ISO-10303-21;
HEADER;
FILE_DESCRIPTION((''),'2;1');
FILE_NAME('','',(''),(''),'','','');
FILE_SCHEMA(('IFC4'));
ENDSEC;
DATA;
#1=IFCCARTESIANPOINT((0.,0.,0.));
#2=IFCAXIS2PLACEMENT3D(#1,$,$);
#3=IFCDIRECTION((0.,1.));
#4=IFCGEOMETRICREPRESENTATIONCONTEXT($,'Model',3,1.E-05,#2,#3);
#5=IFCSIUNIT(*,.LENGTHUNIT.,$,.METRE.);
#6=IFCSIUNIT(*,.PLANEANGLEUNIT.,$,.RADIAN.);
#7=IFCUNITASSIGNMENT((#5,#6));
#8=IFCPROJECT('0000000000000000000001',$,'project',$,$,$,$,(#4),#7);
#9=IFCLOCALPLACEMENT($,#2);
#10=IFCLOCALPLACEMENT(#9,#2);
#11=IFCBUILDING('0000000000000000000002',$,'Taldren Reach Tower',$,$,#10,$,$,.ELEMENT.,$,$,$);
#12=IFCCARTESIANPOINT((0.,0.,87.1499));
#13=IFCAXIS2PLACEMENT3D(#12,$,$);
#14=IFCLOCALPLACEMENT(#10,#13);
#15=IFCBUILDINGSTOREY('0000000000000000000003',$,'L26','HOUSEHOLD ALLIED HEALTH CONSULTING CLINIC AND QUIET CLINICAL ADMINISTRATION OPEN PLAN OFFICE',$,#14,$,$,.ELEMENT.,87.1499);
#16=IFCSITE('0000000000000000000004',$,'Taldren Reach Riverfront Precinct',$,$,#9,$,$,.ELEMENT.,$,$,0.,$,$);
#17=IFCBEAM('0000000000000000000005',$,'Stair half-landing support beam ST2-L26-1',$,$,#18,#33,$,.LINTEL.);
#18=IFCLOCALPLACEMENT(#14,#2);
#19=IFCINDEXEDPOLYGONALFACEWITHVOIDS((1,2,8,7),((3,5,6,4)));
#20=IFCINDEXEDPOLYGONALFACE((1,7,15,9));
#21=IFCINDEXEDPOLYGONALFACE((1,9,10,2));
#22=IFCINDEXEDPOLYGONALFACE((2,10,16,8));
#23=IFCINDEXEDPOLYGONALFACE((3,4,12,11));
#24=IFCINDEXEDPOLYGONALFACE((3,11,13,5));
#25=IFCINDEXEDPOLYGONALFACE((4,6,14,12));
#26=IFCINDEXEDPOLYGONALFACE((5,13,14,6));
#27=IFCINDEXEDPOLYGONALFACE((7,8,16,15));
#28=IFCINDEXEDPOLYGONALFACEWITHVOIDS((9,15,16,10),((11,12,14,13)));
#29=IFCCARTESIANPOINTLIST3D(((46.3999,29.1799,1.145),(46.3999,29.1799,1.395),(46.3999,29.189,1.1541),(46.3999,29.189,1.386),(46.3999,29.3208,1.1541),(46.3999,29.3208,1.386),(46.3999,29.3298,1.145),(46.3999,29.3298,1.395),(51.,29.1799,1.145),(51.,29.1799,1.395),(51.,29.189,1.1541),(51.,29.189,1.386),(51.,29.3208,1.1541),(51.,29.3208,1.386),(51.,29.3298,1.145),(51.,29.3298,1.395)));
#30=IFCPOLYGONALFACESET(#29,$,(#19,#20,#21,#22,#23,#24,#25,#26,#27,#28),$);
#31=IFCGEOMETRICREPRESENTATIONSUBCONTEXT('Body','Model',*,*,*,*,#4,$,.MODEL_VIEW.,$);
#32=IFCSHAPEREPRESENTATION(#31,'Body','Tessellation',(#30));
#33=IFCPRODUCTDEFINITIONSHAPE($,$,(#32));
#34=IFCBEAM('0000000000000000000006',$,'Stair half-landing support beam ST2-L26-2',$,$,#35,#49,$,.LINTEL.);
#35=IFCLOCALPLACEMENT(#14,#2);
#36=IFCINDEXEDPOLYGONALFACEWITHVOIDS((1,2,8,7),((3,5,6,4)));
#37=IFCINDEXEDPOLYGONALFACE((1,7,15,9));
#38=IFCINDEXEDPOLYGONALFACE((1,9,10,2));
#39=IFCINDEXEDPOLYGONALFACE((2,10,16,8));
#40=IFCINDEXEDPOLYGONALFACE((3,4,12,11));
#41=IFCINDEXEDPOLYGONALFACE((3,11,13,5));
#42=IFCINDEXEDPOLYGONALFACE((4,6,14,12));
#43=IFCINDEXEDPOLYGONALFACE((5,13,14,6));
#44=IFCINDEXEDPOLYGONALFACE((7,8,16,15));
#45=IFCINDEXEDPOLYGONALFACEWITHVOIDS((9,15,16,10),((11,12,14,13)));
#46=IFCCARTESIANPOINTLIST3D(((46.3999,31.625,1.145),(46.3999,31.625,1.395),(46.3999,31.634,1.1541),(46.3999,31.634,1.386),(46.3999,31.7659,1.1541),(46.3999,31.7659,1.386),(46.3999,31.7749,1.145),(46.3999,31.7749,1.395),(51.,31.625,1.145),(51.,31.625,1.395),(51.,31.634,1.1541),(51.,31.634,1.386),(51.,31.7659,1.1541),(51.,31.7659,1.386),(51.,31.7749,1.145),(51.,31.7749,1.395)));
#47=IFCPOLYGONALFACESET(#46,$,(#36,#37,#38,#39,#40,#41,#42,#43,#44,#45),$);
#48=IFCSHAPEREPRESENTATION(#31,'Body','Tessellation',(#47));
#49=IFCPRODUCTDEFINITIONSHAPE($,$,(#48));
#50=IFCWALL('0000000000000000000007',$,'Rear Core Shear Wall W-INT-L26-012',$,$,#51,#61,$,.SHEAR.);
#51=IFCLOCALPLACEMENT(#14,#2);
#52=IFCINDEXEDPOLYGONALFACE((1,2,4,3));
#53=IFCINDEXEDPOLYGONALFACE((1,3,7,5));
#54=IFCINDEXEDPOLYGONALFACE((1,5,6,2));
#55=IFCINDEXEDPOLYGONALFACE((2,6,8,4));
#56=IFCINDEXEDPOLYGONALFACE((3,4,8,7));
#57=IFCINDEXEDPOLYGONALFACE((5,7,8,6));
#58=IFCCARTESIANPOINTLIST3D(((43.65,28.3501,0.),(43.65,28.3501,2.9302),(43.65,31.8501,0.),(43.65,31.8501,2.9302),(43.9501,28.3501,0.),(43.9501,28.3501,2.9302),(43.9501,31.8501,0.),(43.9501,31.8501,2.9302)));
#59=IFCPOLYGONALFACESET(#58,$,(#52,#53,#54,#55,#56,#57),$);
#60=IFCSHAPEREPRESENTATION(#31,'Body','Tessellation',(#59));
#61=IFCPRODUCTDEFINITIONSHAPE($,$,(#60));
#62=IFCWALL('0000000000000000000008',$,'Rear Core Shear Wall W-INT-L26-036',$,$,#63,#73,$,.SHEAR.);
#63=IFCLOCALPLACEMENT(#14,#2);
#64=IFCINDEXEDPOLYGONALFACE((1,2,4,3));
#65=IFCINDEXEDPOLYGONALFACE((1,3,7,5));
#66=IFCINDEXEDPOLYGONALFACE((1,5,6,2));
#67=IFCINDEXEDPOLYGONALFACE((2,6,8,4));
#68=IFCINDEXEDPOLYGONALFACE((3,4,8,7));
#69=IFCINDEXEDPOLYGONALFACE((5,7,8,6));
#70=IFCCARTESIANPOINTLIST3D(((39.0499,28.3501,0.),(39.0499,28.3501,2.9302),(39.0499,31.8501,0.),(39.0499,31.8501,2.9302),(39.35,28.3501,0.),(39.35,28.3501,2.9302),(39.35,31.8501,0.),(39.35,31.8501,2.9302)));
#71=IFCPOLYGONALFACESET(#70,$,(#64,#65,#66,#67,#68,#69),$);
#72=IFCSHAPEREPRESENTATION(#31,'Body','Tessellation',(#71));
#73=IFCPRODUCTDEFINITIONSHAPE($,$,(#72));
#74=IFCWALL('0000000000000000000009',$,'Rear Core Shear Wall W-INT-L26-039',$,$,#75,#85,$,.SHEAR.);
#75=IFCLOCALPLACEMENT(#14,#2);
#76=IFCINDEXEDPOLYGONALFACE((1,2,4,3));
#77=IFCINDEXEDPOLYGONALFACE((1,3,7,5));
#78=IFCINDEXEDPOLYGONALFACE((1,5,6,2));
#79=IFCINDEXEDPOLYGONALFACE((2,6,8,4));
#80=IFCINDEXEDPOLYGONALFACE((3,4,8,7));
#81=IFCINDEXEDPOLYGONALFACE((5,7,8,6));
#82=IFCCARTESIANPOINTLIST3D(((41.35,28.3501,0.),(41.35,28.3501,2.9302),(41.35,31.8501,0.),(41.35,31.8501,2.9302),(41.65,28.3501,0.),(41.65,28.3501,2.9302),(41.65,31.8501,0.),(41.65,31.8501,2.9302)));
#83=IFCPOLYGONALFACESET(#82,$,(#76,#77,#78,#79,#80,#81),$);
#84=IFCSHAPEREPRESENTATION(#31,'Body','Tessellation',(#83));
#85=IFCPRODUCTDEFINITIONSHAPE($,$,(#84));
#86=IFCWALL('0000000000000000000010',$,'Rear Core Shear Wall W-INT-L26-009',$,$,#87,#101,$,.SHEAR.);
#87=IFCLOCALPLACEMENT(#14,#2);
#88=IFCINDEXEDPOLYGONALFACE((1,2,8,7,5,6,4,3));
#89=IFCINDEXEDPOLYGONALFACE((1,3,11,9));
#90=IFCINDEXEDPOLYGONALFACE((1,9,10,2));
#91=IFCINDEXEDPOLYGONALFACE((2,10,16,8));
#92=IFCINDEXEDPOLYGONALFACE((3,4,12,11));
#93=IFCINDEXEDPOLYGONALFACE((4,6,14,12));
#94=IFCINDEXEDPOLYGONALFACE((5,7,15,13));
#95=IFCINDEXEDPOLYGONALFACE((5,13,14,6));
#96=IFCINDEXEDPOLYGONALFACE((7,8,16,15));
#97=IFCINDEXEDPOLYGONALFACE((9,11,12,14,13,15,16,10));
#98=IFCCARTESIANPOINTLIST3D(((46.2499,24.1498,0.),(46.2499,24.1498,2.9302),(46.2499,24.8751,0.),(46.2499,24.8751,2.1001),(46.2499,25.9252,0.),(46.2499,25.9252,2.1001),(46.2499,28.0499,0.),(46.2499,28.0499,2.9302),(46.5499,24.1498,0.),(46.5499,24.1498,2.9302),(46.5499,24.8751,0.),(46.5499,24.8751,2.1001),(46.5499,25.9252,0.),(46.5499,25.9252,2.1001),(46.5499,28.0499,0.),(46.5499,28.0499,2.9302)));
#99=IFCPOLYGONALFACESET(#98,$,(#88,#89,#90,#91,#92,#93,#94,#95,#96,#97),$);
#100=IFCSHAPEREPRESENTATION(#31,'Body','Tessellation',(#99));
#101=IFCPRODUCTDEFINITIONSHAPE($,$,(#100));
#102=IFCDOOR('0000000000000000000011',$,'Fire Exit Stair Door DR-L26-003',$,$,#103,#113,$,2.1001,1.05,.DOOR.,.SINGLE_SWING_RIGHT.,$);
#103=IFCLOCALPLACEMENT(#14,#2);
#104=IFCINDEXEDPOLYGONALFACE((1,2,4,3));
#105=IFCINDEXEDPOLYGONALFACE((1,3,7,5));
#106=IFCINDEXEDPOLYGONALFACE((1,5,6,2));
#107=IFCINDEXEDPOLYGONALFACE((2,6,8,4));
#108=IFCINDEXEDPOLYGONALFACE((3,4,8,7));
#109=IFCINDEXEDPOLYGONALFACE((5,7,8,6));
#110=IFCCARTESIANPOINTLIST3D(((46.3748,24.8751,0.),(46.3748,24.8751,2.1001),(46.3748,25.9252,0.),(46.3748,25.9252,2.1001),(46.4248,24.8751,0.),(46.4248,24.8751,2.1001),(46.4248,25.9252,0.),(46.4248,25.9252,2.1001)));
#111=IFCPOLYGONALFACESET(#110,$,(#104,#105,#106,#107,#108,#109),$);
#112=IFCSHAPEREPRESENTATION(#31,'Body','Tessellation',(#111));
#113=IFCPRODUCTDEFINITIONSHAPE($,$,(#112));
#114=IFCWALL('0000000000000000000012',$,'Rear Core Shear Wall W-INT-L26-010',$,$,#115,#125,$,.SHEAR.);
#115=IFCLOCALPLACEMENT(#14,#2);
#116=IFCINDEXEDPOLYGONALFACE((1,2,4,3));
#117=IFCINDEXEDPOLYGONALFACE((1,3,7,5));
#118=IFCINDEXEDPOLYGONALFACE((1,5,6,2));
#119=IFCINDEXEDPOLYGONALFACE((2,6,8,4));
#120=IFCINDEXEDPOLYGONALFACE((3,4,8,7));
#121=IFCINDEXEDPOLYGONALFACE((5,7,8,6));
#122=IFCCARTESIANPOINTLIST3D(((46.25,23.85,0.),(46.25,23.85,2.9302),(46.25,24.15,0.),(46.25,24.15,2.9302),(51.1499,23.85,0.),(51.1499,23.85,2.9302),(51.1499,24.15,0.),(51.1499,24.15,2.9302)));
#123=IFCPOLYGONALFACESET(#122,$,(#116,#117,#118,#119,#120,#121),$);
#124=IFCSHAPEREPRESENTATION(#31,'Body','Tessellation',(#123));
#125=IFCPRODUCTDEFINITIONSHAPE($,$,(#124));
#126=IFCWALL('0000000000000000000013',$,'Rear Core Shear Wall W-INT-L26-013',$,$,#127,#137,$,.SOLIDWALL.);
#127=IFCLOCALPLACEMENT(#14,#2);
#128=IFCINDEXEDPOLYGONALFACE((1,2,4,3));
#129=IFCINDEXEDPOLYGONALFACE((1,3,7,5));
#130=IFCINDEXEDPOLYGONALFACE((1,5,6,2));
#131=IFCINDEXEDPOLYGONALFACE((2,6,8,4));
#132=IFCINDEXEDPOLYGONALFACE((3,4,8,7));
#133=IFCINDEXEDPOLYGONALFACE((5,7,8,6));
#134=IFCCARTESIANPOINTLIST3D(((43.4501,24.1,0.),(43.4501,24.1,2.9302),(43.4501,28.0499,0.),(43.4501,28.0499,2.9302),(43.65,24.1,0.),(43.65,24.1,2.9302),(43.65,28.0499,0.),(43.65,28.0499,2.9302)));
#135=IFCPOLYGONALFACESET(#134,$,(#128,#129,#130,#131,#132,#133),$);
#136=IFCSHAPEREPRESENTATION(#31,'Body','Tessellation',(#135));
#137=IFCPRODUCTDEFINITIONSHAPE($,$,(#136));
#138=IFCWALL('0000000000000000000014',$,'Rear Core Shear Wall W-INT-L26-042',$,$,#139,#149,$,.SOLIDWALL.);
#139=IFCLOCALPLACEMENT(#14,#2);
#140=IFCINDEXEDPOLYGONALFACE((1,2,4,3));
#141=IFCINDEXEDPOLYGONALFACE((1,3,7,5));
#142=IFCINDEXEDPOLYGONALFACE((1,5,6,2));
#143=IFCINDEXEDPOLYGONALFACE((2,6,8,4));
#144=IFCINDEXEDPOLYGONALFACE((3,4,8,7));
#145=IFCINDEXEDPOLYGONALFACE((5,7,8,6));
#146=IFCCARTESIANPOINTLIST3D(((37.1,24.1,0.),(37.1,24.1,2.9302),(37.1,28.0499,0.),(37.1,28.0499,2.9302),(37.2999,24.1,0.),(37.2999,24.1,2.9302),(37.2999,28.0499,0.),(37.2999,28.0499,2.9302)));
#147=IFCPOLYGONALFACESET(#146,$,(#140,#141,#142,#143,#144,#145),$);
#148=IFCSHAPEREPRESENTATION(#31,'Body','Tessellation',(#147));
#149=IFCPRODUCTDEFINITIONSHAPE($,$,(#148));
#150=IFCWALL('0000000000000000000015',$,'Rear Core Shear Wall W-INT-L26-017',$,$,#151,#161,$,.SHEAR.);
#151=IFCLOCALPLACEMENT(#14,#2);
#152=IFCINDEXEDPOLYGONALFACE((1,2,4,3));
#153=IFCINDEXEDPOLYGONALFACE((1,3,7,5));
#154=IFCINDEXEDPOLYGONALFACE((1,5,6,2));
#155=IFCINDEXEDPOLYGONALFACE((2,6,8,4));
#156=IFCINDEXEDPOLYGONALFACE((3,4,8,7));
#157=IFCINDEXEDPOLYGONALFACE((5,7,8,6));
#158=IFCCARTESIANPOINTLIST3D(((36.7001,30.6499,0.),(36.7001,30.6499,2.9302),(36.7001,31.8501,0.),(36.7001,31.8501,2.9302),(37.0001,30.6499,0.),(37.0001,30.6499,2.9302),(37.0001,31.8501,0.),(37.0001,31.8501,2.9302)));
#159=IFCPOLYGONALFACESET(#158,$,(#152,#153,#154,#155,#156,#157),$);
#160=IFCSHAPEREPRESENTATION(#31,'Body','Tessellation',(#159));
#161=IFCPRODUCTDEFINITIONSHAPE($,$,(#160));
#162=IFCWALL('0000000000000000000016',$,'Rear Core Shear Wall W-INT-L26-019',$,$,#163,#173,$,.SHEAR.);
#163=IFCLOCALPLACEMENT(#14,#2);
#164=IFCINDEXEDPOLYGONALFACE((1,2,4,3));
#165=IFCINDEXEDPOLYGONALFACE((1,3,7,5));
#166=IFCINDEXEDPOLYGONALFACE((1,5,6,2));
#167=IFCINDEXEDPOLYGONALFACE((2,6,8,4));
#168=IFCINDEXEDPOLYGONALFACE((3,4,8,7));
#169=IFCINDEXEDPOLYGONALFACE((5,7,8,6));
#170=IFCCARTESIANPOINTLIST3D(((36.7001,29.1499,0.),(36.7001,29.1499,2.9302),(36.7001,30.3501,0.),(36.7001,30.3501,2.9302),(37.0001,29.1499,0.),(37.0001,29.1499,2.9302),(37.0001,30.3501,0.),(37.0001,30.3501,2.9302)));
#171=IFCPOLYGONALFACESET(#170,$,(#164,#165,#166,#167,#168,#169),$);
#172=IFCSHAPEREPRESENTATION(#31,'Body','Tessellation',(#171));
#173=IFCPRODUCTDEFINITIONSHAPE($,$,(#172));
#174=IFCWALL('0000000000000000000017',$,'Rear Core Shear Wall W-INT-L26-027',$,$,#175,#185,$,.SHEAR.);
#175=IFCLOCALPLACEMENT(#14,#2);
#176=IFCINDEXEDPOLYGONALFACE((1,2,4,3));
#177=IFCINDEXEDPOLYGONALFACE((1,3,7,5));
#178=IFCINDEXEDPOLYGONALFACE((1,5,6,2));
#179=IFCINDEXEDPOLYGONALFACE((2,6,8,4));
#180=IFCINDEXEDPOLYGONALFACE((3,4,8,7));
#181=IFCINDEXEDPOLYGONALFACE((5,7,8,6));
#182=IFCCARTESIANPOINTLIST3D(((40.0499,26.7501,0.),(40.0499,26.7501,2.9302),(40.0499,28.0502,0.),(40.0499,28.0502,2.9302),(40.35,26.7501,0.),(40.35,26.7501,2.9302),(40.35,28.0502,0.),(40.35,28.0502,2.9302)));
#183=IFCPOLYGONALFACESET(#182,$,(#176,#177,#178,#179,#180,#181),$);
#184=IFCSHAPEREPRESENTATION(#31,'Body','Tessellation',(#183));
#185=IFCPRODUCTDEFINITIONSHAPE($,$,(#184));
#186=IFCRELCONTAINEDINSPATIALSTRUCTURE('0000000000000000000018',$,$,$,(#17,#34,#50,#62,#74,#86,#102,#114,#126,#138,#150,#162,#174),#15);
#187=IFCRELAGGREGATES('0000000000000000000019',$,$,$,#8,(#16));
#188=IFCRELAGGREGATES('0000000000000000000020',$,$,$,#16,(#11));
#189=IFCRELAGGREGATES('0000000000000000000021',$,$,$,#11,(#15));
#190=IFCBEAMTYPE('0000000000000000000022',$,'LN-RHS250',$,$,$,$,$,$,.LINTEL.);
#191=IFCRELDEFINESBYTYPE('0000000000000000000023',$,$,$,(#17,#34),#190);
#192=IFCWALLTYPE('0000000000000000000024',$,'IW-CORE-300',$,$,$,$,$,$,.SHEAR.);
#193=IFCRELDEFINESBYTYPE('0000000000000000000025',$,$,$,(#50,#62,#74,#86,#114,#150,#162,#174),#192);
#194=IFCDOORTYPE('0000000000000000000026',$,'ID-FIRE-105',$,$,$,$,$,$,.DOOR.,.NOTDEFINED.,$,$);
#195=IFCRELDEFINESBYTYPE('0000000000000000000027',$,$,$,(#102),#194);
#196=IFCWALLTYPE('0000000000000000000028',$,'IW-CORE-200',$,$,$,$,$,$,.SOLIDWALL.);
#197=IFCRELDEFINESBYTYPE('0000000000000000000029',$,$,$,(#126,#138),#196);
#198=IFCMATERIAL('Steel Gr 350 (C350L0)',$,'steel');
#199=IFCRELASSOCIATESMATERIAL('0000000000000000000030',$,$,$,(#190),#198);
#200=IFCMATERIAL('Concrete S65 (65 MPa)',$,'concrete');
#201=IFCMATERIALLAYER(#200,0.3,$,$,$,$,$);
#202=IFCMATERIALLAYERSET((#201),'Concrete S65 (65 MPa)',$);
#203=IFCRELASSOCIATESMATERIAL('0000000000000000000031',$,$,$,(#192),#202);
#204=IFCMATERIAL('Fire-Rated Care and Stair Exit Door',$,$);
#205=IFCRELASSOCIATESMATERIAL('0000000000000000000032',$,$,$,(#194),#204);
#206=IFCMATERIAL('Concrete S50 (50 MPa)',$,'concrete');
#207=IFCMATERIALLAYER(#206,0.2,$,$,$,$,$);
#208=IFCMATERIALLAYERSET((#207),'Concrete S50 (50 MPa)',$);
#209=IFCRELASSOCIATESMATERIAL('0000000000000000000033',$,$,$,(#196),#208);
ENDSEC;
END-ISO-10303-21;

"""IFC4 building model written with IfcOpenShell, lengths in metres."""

from ifc_helpers import new_model, si_unit, direction, frame, frame_2d, origin, origin_2d, place, context, subcontext, project, spatial, rectangle, hollow_rectangle, extrude, source, transform, mapped, material, layer, layer_set, material_profile, profile_set, type_object, element, fill, save


model = new_model("IFC4")

# Units and contexts
model_context = context("Model", 3, precision=1e-05, world=origin(), true_north=direction((0.0, 1.0)))
body_context = subcontext(model_context, "Body", "Model", "MODEL_VIEW")
ifc_project = project(units=[si_unit("LENGTHUNIT", "METRE"), si_unit("PLANEANGLEUNIT", "RADIAN")], contexts=[model_context])

# Site, building, storey
site_placement = place(None, origin())
site = spatial("IfcSite", under=ifc_project, at=site_placement, Name="Taldren Reach Riverfront Precinct", CompositionType="ELEMENT", RefElevation=0.0)
building_placement = place(site_placement, origin())
building = spatial("IfcBuilding", under=site, at=building_placement, Name="Taldren Reach Tower", CompositionType="ELEMENT")
storey_placement = place(building_placement, frame((0.0, 0.0, 87.1499)))
storey = spatial("IfcBuildingStorey", under=building, at=storey_placement, Name="L26", Description="HOUSEHOLD ALLIED HEALTH CONSULTING CLINIC AND QUIET CLINICAL ADMINISTRATION OPEN PLAN OFFICE", CompositionType="ELEMENT", Elevation=87.1499)

# Beams
ifc_material_1 = material(Name="Steel Gr 350 (C350L0)", Category="steel")
ifc_material_profile = material_profile(ifc_material_1, hollow_rectangle(XDim=0.1499, YDim=0.25, WallThickness=0.009, at=origin_2d()), Name="250x150x9.0RHS")
ifc_profile_set = profile_set([ifc_material_profile], Name="Steel Gr 350 (C350L0)")
beam_type = type_object("IfcBeamType", Name="LN-RHS250", PredefinedType="LINTEL", material=ifc_profile_set)
shared_shape_1 = source(origin(), body_context, "Body", "SweptSolid", [
    extrude(hollow_rectangle(XDim=0.1499, YDim=0.25, WallThickness=0.009, at=origin_2d()), origin(), (0.0, 0.0, 1.0), 4.6001),
])
for number, where, z_axis, x_axis, name in (
    (1, (46.3999, 29.2549, 1.27), (1.0, 0.0, 0.0), (0.0, 1.0, 0.0), "Stair half-landing support beam ST2-L26-1"),
    (2, (46.3999, 31.7, 1.27), (1.0, 0.0, 0.0), (0.0, 1.0, 0.0), "Stair half-landing support beam ST2-L26-2"),
):
    element("IfcBeam", number, at=place(storey_placement, frame(where, z_axis=z_axis, x_axis=x_axis)), inside=storey, type_object=beam_type, Name=name, PredefinedType="LINTEL", context=body_context, shape_type="MappedRepresentation", body=[
        mapped(shared_shape_1, transform((0.0, 0.0, 0.0), scale=1.0)),
    ])

# Walls
ifc_material_2 = material(Name="Concrete S65 (65 MPa)", Category="concrete")
ifc_layer_1 = layer(ifc_material_2, 0.3)
ifc_layer_set_1 = layer_set([ifc_layer_1], Name="Concrete S65 (65 MPa)")
wall_type_1 = type_object("IfcWallType", Name="IW-CORE-300", PredefinedType="SHEAR", material=ifc_layer_set_1)
shared_shape_2 = source(origin(), body_context, "Body", "SweptSolid", [
    extrude(rectangle(XDim=3.5, YDim=0.3, at=frame_2d((1.75, 0.0))), origin(), (0.0, 0.0, 1.0), 2.9302),
])
for number, where, z_axis, x_axis, name in (
    (3, (43.8, 31.8501, 0.0), (0.0, 0.0, 1.0), (0.0, -1.0, 0.0), "Rear Core Shear Wall W-INT-L26-012"),
    (4, (39.2, 28.3501, 0.0), (0.0, 0.0, 1.0), (0.0, 1.0, 0.0), "Rear Core Shear Wall W-INT-L26-036"),
    (5, (41.5, 28.3501, 0.0), (0.0, 0.0, 1.0), (0.0, 1.0, 0.0), "Rear Core Shear Wall W-INT-L26-039"),
):
    element("IfcWall", number, at=place(storey_placement, frame(where, z_axis=z_axis, x_axis=x_axis)), inside=storey, type_object=wall_type_1, Name=name, PredefinedType="SHEAR", context=body_context, shape_type="MappedRepresentation", body=[
        mapped(shared_shape_2, transform((0.0, 0.0, 0.0), scale=1.0)),
    ])

# Wall, opening, door
shared_shape_3 = source(origin(), body_context, "Body", "SweptSolid", [
    extrude(rectangle(XDim=3.9001, YDim=0.3, at=frame_2d((1.9502, 0.0))), origin(), (0.0, 0.0, 1.0), 2.9302),
])
wall_1_placement = place(storey_placement, frame((46.3999, 28.05, 0.0), z_axis=(0.0, 0.0, 1.0), x_axis=(0.0, -1.0, 0.0)))
wall_1 = element("IfcWall", 6, at=wall_1_placement, inside=storey, type_object=wall_type_1, Name="Rear Core Shear Wall W-INT-L26-009", PredefinedType="SHEAR", context=body_context, shape_type="MappedRepresentation", body=[
    mapped(shared_shape_3, transform((0.0, 0.0, 0.0), scale=1.0)),
])
shared_shape_4 = source(origin(), body_context, "Body", "SweptSolid", [
    extrude(rectangle(XDim=1.05, YDim=2.1001, at=frame_2d((0.5249, 1.05))), frame((0.0, 0.1602, 0.0), z_axis=(0.0, -1.0, 0.0), x_axis=(1.0, 0.0, 0.0)), (0.0, 0.0, 1.0), 0.3201),
])
opening_1_placement = place(wall_1_placement, frame((2.125, 0.0, 0.0)))
opening_1 = element("IfcOpeningElement", 7, at=opening_1_placement, cuts=wall_1, PredefinedType="OPENING", context=body_context, shape_type="MappedRepresentation", body=[
    mapped(shared_shape_4, transform((0.0, 0.0, 0.0), scale=1.0)),
])
ifc_material_3 = material(Name="Fire-Rated Care and Stair Exit Door")
door_type_1 = type_object("IfcDoorType", Name="ID-FIRE-105", OperationType="NOTDEFINED", PredefinedType="DOOR", material=ifc_material_3)
shared_shape_5 = source(origin(), body_context, "Body", "SweptSolid", [
    extrude(rectangle(XDim=1.05, YDim=2.1001, at=frame_2d((0.5249, 1.05))), frame((0.0, 0.0249, 0.0), z_axis=(0.0, -1.0, 0.0), x_axis=(1.0, 0.0, 0.0)), (0.0, 0.0, 1.0), 0.05),
])
door_1_placement = place(opening_1_placement, origin())
door_1 = element("IfcDoor", 8, at=door_1_placement, inside=storey, type_object=door_type_1, Name="Fire Exit Stair Door DR-L26-003", OperationType="SINGLE_SWING_RIGHT", OverallHeight=2.1001, OverallWidth=1.05, PredefinedType="DOOR", context=body_context, shape_type="MappedRepresentation", body=[
    mapped(shared_shape_5, transform((0.0, 0.0, 0.0), scale=1.0)),
])
fill(opening_1, door_1)

# Wall
shared_shape_6 = source(origin(), body_context, "Body", "SweptSolid", [
    extrude(rectangle(XDim=4.8999, YDim=0.3, at=frame_2d((2.45, 0.0))), origin(), (0.0, 0.0, 1.0), 2.9302),
])
wall_2_placement = place(storey_placement, frame((46.25, 24.0, 0.0), z_axis=(0.0, 0.0, 1.0), x_axis=(1.0, 0.0, 0.0)))
element("IfcWall", 9, at=wall_2_placement, inside=storey, type_object=wall_type_1, Name="Rear Core Shear Wall W-INT-L26-010", PredefinedType="SHEAR", context=body_context, shape_type="MappedRepresentation", body=[
    mapped(shared_shape_6, transform((0.0, 0.0, 0.0), scale=1.0)),
])

# Walls
ifc_material_4 = material(Name="Concrete S50 (50 MPa)", Category="concrete")
ifc_layer_2 = layer(ifc_material_4, 0.2)
ifc_layer_set_2 = layer_set([ifc_layer_2], Name="Concrete S50 (50 MPa)")
wall_type_2 = type_object("IfcWallType", Name="IW-CORE-200", PredefinedType="SOLIDWALL", material=ifc_layer_set_2)
shared_shape_7 = source(origin(), body_context, "Body", "SweptSolid", [
    extrude(rectangle(XDim=3.95, YDim=0.2, at=frame_2d((1.9751, 0.0))), origin(), (0.0, 0.0, 1.0), 2.9302),
])
for number, where, z_axis, x_axis, name in (
    (10, (43.55, 28.05, 0.0), (0.0, 0.0, 1.0), (0.0, -1.0, 0.0), "Rear Core Shear Wall W-INT-L26-013"),
    (11, (37.2, 28.05, 0.0), (0.0, 0.0, 1.0), (0.0, -1.0, 0.0), "Rear Core Shear Wall W-INT-L26-042"),
):
    element("IfcWall", number, at=place(storey_placement, frame(where, z_axis=z_axis, x_axis=x_axis)), inside=storey, type_object=wall_type_2, Name=name, PredefinedType="SOLIDWALL", context=body_context, shape_type="MappedRepresentation", body=[
        mapped(shared_shape_7, transform((0.0, 0.0, 0.0), scale=1.0)),
    ])
shared_shape_8 = source(origin(), body_context, "Body", "SweptSolid", [
    extrude(rectangle(XDim=1.2002, YDim=0.3, at=frame_2d((0.6001, 0.0))), origin(), (0.0, 0.0, 1.0), 2.9302),
])
for number, where, z_axis, x_axis, name in (
    (12, (36.8501, 30.6499, 0.0), (0.0, 0.0, 1.0), (0.0, 1.0, 0.0), "Rear Core Shear Wall W-INT-L26-017"),
    (13, (36.8501, 29.1499, 0.0), (0.0, 0.0, 1.0), (0.0, 1.0, 0.0), "Rear Core Shear Wall W-INT-L26-019"),
):
    element("IfcWall", number, at=place(storey_placement, frame(where, z_axis=z_axis, x_axis=x_axis)), inside=storey, type_object=wall_type_1, Name=name, PredefinedType="SHEAR", context=body_context, shape_type="MappedRepresentation", body=[
        mapped(shared_shape_8, transform((0.0, 0.0, 0.0), scale=1.0)),
    ])
shared_shape_9 = source(origin(), body_context, "Body", "SweptSolid", [
    extrude(rectangle(XDim=1.3, YDim=0.3, at=frame_2d((0.6499, 0.0))), origin(), (0.0, 0.0, 1.0), 2.9302),
])
for number, where, z_axis, x_axis, name in (
    (14, (40.2, 28.05, 0.0), (0.0, 0.0, 1.0), (0.0, -1.0, 0.0), "Rear Core Shear Wall W-INT-L26-027"),
):
    element("IfcWall", number, at=place(storey_placement, frame(where, z_axis=z_axis, x_axis=x_axis)), inside=storey, type_object=wall_type_1, Name=name, PredefinedType="SHEAR", context=body_context, shape_type="MappedRepresentation", body=[
        mapped(shared_shape_9, transform((0.0, 0.0, 0.0), scale=1.0)),
    ])

save(model, "model.ifc")
